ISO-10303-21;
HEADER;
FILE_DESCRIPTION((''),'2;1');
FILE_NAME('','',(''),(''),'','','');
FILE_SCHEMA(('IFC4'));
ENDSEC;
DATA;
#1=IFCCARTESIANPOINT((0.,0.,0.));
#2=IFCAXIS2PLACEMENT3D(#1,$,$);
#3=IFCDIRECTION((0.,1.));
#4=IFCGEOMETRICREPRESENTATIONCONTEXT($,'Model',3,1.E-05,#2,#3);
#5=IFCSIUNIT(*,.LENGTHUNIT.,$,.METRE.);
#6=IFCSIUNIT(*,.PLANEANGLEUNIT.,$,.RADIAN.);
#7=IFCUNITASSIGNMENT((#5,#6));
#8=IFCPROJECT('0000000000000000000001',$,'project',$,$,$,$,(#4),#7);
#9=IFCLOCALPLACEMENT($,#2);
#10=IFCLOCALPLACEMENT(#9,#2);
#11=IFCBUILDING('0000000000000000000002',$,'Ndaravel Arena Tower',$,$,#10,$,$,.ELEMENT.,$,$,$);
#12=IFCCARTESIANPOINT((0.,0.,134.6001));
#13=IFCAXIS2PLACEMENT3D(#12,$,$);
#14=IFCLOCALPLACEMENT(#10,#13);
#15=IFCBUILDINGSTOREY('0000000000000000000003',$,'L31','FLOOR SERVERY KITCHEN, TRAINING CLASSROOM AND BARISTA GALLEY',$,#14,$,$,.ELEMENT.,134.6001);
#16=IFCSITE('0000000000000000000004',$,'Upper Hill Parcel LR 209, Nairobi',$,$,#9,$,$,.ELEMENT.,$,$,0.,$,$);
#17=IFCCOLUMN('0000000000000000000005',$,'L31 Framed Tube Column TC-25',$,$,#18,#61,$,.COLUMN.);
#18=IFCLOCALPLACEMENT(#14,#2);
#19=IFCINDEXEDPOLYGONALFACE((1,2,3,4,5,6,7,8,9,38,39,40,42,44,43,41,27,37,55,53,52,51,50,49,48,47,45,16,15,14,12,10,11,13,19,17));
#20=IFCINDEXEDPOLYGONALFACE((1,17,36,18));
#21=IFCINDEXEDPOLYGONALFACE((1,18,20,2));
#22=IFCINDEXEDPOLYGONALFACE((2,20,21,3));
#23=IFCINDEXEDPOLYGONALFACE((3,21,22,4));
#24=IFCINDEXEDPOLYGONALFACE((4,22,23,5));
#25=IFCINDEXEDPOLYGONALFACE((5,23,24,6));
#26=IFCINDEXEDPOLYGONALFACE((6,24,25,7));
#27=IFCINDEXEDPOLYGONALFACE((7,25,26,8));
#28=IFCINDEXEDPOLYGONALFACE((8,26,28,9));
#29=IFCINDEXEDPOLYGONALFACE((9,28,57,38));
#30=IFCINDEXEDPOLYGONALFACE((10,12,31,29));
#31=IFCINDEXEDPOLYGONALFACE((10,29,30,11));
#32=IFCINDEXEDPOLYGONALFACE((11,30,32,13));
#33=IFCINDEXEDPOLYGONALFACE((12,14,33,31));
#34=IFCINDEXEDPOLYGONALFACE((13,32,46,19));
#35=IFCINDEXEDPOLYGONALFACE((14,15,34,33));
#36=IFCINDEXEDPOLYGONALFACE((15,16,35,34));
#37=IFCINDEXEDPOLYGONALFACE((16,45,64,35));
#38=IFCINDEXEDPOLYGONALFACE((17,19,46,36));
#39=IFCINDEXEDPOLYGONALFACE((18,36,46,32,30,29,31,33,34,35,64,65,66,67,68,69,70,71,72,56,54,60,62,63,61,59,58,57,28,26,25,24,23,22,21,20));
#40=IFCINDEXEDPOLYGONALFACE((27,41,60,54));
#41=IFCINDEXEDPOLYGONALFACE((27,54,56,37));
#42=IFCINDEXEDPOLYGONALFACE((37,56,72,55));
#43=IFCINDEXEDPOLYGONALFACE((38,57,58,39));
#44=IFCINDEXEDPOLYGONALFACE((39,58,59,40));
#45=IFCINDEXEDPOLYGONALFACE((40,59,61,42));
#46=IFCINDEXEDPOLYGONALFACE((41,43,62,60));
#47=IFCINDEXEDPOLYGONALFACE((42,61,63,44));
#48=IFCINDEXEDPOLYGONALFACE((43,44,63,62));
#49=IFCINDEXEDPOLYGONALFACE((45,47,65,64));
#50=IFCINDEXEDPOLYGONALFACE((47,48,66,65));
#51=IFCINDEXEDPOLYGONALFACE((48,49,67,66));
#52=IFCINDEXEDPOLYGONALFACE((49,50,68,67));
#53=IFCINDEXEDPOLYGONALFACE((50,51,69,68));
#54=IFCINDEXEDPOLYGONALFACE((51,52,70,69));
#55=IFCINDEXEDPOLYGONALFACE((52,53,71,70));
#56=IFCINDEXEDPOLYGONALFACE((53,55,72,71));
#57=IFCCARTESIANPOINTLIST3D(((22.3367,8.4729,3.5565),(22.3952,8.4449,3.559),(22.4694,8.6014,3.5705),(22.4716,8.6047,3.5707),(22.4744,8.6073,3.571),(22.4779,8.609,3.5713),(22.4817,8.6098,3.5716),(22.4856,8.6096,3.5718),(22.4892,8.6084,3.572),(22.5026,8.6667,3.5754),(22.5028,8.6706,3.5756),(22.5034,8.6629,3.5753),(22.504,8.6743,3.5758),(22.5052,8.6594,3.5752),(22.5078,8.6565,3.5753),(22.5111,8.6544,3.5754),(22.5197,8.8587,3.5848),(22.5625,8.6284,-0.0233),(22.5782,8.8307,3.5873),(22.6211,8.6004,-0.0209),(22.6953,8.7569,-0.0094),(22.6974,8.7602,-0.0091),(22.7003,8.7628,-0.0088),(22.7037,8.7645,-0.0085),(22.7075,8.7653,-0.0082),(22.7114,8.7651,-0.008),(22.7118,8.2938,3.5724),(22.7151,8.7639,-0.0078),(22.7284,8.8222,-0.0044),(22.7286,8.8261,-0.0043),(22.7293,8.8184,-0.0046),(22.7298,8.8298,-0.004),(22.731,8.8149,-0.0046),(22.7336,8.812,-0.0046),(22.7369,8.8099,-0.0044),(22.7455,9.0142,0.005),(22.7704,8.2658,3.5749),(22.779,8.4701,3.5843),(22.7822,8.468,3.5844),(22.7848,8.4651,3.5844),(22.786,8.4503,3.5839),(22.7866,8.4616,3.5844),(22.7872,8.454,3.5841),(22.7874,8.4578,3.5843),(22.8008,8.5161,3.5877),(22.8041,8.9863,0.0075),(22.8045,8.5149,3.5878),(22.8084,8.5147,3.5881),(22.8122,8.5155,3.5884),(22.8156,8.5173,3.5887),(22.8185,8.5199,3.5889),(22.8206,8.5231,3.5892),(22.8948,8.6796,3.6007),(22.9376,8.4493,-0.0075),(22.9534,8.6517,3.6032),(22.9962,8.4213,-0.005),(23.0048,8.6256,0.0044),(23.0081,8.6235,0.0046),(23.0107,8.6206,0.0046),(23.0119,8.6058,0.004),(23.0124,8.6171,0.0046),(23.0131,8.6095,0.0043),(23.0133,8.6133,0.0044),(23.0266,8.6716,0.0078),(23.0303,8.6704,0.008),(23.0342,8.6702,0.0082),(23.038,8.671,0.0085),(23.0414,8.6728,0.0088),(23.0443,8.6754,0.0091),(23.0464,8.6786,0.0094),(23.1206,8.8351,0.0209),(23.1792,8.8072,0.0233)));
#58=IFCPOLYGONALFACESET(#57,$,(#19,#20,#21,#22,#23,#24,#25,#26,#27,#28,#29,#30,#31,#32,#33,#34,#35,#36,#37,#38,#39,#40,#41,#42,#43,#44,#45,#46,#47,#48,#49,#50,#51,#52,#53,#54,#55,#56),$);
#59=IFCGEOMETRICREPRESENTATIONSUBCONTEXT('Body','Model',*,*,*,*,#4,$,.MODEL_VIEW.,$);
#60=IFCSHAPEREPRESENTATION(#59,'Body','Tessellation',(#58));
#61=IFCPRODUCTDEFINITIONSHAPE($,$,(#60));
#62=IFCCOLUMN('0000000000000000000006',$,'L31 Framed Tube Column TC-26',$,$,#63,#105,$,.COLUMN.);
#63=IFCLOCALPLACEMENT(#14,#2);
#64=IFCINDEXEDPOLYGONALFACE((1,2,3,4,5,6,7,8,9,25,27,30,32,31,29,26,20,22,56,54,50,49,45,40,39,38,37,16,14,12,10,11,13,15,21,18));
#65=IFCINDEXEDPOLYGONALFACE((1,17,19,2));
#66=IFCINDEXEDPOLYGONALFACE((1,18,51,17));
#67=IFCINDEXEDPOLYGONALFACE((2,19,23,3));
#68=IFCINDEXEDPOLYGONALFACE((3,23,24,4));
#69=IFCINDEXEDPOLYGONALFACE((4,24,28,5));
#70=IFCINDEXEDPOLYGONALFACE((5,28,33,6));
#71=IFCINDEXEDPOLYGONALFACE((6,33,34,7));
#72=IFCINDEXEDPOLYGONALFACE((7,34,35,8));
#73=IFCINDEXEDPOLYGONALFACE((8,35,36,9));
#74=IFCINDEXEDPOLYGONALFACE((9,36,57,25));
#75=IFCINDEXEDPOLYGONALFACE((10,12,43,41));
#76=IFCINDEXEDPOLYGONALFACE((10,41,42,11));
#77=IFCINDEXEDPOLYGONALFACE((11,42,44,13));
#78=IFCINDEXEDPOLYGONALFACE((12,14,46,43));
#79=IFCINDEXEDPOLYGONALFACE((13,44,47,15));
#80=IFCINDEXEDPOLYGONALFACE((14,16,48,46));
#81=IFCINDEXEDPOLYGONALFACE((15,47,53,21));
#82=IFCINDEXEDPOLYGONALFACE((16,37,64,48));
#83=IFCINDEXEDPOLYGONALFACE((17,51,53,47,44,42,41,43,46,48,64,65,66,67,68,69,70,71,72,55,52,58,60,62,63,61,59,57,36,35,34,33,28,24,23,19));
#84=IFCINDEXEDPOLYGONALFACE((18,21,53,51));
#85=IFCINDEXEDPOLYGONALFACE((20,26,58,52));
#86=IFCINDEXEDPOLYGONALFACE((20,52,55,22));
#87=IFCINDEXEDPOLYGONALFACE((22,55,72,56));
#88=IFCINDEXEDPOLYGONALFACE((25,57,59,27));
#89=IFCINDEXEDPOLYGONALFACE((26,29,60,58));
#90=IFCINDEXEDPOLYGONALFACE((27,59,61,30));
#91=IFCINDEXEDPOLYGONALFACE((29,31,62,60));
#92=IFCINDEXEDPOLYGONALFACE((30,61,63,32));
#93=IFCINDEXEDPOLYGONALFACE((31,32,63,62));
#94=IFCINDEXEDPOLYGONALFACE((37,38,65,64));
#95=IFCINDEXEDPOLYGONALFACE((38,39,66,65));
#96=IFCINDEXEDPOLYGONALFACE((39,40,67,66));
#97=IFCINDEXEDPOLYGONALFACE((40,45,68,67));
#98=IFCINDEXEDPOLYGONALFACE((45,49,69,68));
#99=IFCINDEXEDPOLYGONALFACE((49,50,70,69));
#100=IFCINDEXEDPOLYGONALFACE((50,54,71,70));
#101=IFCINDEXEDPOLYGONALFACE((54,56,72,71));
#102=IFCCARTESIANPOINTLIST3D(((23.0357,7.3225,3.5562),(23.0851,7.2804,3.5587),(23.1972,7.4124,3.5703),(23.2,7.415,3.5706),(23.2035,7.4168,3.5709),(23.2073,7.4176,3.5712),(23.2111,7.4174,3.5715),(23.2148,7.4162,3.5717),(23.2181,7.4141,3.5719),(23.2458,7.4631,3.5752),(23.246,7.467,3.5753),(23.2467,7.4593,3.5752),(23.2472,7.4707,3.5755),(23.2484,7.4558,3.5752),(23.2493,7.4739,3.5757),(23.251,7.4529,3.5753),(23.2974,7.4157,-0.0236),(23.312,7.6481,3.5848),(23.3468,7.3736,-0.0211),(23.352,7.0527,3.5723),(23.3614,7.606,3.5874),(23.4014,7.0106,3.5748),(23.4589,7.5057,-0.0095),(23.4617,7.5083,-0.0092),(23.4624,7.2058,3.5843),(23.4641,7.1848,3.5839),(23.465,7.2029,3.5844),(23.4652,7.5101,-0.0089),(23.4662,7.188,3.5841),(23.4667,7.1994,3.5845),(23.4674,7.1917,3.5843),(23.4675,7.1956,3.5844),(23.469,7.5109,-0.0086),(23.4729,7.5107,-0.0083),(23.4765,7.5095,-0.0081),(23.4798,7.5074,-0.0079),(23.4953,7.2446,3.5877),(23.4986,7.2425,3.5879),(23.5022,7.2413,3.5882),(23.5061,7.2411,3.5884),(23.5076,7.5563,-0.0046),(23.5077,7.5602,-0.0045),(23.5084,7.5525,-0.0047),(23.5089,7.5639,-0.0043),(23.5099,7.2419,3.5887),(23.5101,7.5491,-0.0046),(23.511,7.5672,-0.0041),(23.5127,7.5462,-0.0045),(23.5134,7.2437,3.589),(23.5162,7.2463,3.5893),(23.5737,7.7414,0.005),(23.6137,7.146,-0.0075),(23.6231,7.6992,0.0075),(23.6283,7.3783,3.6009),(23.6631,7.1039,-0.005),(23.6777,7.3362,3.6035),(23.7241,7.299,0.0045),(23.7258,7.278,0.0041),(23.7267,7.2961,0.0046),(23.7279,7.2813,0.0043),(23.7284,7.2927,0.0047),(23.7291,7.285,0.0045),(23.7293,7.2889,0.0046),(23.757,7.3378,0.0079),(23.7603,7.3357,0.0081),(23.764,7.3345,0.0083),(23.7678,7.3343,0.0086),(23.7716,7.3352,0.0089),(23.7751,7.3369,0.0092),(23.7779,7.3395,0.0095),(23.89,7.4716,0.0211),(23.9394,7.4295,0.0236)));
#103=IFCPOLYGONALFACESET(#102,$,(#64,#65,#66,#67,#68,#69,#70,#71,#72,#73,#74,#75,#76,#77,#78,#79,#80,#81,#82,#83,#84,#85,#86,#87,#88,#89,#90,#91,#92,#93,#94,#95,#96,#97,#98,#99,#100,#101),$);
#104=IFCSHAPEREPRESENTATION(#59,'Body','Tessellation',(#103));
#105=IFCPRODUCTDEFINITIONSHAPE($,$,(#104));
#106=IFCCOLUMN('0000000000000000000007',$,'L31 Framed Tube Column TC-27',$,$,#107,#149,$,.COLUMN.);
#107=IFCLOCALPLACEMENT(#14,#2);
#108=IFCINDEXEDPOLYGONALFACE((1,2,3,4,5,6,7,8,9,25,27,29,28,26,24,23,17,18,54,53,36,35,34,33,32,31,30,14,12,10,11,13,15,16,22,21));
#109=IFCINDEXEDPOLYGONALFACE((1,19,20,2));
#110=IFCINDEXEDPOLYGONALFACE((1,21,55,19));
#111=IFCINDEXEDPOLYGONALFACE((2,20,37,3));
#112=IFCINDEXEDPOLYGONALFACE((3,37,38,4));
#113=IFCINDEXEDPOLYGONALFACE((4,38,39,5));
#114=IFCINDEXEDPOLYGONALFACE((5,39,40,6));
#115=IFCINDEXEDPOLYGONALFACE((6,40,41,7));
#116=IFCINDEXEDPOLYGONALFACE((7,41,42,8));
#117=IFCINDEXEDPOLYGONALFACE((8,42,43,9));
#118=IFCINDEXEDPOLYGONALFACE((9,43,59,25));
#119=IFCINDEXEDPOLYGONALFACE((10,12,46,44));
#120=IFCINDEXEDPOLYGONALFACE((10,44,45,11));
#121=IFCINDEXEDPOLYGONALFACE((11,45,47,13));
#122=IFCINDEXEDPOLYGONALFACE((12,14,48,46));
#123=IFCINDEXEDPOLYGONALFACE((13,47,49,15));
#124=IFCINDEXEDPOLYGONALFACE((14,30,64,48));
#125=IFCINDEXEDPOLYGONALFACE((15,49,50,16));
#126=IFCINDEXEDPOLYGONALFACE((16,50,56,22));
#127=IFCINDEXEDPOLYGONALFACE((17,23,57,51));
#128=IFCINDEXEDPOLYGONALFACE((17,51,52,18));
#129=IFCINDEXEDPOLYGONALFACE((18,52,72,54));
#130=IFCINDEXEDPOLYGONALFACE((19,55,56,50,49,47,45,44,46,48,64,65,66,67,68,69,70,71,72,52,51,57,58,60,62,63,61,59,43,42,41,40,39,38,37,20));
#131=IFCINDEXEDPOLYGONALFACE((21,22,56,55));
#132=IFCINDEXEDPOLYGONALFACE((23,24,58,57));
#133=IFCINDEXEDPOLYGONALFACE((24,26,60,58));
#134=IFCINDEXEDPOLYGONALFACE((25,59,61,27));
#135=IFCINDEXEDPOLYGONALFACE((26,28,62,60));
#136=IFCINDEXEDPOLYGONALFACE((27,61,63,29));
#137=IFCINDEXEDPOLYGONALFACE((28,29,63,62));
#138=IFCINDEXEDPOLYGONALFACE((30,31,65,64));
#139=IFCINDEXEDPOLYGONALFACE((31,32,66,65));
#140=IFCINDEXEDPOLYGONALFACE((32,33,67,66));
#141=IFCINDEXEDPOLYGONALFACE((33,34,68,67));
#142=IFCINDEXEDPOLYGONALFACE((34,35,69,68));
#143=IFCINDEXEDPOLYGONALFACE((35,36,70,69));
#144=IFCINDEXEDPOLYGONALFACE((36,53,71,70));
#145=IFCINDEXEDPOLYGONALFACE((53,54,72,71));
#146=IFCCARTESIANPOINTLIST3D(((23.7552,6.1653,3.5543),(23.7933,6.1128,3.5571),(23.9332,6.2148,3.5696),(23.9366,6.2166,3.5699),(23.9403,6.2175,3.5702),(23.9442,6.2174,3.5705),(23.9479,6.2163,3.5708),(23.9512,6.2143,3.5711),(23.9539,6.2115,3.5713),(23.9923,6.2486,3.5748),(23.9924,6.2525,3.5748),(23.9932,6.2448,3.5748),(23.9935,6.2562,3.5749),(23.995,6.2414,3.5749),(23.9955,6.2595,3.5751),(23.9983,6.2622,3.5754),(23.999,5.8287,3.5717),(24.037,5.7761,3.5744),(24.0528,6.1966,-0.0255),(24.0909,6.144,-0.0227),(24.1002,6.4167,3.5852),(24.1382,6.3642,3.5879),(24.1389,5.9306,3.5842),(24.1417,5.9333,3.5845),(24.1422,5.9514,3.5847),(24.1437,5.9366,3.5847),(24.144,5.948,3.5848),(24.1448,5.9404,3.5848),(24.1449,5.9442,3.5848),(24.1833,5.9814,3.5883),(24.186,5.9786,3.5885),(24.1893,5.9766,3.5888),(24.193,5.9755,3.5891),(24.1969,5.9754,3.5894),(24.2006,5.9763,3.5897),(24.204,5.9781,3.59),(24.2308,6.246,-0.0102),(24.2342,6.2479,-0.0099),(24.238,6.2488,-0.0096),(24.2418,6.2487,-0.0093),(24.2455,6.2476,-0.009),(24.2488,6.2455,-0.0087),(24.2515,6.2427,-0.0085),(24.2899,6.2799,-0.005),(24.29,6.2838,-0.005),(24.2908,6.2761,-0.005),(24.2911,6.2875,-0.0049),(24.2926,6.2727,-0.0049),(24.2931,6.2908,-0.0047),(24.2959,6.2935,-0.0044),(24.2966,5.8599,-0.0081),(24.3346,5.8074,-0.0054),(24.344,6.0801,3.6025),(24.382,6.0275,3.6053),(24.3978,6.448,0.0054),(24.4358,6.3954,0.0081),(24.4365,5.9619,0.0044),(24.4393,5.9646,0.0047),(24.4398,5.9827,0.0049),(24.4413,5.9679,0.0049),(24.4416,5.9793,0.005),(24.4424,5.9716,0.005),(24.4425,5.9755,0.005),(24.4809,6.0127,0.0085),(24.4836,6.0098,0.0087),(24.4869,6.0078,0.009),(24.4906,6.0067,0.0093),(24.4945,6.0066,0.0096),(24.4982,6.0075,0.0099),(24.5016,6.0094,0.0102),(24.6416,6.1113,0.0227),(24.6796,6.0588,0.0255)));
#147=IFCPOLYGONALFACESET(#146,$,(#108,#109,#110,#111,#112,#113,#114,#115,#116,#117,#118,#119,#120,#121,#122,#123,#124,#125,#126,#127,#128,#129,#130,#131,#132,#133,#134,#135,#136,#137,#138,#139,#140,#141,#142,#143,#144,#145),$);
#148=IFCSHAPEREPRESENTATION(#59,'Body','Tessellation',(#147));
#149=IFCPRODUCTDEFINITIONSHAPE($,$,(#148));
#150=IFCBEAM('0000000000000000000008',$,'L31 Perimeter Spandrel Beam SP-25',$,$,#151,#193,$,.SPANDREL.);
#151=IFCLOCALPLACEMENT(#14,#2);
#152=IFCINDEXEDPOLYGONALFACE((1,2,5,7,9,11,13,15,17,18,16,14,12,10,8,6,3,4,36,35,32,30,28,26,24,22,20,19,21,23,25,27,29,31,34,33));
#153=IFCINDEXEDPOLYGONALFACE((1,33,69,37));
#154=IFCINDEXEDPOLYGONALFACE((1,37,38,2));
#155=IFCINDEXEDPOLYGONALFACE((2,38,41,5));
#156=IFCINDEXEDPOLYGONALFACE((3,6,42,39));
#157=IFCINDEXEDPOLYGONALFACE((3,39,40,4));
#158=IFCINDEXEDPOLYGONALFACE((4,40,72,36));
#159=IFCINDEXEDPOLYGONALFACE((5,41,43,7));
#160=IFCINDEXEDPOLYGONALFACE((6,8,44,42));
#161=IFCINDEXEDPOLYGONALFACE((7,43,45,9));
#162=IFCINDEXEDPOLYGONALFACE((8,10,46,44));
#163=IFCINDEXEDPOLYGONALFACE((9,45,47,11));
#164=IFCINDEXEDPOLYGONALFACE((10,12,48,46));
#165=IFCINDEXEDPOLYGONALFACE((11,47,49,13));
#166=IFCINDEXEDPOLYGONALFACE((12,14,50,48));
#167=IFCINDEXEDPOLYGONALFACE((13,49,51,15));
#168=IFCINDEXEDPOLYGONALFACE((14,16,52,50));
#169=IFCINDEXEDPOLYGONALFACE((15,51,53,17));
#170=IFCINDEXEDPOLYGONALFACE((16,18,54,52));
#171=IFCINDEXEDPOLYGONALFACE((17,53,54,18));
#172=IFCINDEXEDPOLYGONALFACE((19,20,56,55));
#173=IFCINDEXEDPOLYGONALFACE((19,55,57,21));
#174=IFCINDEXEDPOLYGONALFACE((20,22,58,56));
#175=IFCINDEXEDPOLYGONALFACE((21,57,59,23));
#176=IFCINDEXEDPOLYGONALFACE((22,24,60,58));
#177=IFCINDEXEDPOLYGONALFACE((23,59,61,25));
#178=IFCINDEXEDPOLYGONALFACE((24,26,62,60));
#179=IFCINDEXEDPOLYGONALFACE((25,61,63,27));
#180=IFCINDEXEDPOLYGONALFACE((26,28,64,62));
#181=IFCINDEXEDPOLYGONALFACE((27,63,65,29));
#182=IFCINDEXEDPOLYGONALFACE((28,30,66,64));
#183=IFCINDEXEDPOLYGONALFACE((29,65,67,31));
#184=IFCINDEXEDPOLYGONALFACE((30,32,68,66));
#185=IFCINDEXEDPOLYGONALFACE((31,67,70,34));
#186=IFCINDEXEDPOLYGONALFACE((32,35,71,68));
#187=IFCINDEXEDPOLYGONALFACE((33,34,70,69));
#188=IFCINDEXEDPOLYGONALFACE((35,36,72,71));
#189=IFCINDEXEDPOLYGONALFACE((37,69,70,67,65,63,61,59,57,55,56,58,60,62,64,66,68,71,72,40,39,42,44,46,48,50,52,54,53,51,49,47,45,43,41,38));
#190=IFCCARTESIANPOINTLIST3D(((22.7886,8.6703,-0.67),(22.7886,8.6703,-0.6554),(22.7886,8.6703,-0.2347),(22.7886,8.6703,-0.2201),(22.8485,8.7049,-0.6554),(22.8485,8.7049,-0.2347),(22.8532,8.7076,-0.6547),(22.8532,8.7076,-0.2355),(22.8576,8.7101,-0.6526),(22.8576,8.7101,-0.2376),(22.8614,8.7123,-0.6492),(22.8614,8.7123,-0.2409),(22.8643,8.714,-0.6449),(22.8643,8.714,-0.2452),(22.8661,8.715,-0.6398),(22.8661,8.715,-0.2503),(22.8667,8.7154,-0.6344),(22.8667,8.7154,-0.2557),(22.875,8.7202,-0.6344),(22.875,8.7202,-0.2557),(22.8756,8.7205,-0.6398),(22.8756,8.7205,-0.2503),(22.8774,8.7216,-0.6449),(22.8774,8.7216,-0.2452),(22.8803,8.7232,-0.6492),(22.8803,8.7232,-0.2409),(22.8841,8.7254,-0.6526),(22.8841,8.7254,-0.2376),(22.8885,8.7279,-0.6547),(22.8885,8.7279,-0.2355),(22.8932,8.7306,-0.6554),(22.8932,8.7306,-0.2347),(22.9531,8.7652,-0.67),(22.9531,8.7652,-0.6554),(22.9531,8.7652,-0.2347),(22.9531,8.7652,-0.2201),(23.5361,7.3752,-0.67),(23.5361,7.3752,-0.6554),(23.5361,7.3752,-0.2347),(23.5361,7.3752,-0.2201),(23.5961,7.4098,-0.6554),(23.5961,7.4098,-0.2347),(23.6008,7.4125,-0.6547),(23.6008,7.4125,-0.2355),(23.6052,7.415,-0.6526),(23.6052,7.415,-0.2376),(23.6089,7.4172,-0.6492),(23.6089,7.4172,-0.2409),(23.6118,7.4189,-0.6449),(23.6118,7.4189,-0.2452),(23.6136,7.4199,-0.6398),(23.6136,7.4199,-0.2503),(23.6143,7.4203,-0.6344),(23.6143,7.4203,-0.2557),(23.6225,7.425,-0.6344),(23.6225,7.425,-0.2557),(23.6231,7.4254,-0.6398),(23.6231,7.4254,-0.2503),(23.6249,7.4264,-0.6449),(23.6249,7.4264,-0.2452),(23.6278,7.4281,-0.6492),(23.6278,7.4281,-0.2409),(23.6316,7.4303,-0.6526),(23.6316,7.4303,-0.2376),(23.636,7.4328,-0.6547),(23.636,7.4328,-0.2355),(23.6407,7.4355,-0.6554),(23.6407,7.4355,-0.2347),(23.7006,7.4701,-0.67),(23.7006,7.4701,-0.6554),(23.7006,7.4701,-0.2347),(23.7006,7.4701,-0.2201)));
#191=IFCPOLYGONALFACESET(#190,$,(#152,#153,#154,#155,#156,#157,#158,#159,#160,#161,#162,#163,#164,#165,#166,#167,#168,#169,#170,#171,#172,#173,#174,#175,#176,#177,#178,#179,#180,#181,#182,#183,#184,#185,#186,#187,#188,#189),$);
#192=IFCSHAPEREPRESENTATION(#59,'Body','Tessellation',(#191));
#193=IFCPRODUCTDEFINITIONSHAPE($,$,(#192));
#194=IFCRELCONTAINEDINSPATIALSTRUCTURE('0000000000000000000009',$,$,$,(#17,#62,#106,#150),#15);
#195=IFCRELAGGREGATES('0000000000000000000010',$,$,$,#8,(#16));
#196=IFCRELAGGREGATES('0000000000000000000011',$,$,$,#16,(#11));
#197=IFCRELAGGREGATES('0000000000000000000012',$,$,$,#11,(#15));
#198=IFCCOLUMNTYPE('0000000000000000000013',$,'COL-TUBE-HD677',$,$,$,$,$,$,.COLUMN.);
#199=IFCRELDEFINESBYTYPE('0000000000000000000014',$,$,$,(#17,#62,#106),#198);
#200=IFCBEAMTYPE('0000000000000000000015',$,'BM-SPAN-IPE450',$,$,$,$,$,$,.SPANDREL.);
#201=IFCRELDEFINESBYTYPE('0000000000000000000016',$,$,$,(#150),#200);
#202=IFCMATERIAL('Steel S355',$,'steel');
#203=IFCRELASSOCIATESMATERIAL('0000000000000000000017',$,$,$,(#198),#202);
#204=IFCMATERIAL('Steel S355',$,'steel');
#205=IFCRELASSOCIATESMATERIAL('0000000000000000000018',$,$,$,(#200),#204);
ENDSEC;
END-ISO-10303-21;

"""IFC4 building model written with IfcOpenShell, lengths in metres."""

from ifc_helpers import new_model, si_unit, direction, frame, origin, origin_2d, place, context, subcontext, project, spatial, i_section, extrude, material, material_profile, profile_set, type_object, element, save


model = new_model("IFC4")

# Units and contexts
model_context = context("Model", 3, precision=1e-05, world=origin(), true_north=direction((0.0, 1.0)))
body_context = subcontext(model_context, "Body", "Model", "MODEL_VIEW")
ifc_project = project(units=[si_unit("LENGTHUNIT", "METRE"), si_unit("PLANEANGLEUNIT", "RADIAN")], contexts=[model_context])

# Site, building, storey
site_placement = place(None, origin())
site = spatial("IfcSite", under=ifc_project, at=site_placement, Name="Upper Hill Parcel LR 209, Nairobi", CompositionType="ELEMENT", RefElevation=0.0)
building_placement = place(site_placement, origin())
building = spatial("IfcBuilding", under=site, at=building_placement, Name="Ndaravel Arena Tower", CompositionType="ELEMENT")
storey_placement = place(building_placement, frame((0.0, 0.0, 134.6001)))
storey = spatial("IfcBuildingStorey", under=building, at=storey_placement, Name="L31", Description="FLOOR SERVERY KITCHEN, TRAINING CLASSROOM AND BARISTA GALLEY", CompositionType="ELEMENT", Elevation=134.6001)

# Columns
ifc_material_1 = material(Name="Steel S355", Category="steel")
ifc_material_profile_1 = material_profile(ifc_material_1, i_section(OverallWidth=0.428, OverallDepth=0.481, WebThickness=0.051, FlangeThickness=0.0649, FilletRadius=0.0149, at=origin_2d()), Name="HD 400x677")
ifc_profile_set_1 = profile_set([ifc_material_profile_1], Name="Steel S355")
column_type = type_object("IfcColumnType", Name="COL-TUBE-HD677", PredefinedType="COLUMN", material=ifc_profile_set_1)
column_1_placement = place(storey_placement, frame((22.8708, 8.7178, 0.0), z_axis=(-0.0629, -0.043316, 0.997079), x_axis=(0.42759, 0.90155, 0.06614)))
element("IfcColumn", 1, at=column_1_placement, inside=storey, type_object=column_type, Name="L31 Framed Tube Column TC-25", PredefinedType="COLUMN", context=body_context, shape_type="SweptSolid", body=[
    extrude(i_section(OverallWidth=0.428, OverallDepth=0.481, WebThickness=0.051, FlangeThickness=0.0649, FilletRadius=0.0149, at=origin_2d()), origin(), (0.0, 0.0, 1.0), 3.5903),
])
column_2_placement = place(storey_placement, frame((23.6184, 7.4226, 0.0), z_axis=(-0.07289, -0.025974, 0.997002), x_axis=(0.645499, 0.760816, 0.067013)))
element("IfcColumn", 2, at=column_2_placement, inside=storey, type_object=column_type, Name="L31 Framed Tube Column TC-26", PredefinedType="COLUMN", context=body_context, shape_type="SweptSolid", body=[
    extrude(i_section(OverallWidth=0.428, OverallDepth=0.481, WebThickness=0.051, FlangeThickness=0.0649, FilletRadius=0.0149, at=origin_2d()), origin(), (0.0, 0.0, 1.0), 3.5906),
])
column_3_placement = place(storey_placement, frame((24.3662, 6.1277, 0.0), z_axis=(-0.082845, -0.008699, 0.996524), x_axis=(0.806082, 0.587391, 0.072141)))
element("IfcColumn", 3, at=column_3_placement, inside=storey, type_object=column_type, Name="L31 Framed Tube Column TC-27", PredefinedType="COLUMN", context=body_context, shape_type="SweptSolid", body=[
    extrude(i_section(OverallWidth=0.428, OverallDepth=0.481, WebThickness=0.051, FlangeThickness=0.0649, FilletRadius=0.0149, at=origin_2d()), origin(), (0.0, 0.0, 1.0), 3.5923),
])

# Beam
ifc_material_2 = material(Name="Steel S355", Category="steel")
ifc_material_profile_2 = material_profile(ifc_material_2, i_section(OverallWidth=0.1899, OverallDepth=0.45, WebThickness=0.0095, FlangeThickness=0.0146, FilletRadius=0.021, at=origin_2d()), Name="IPE 450")
ifc_profile_set_2 = profile_set([ifc_material_profile_2], Name="Steel S355")
beam_type = type_object("IfcBeamType", Name="BM-SPAN-IPE450", PredefinedType="SPANDREL", material=ifc_profile_set_2)
for number, where, z_axis, x_axis, name in (
    (4, (22.8708, 8.7178, -0.4451), (0.499897, -0.866085, 0.0), (0.866085, 0.499897, 0.0), "L31 Perimeter Spandrel Beam SP-25"),
):
    element("IfcBeam", number, at=place(storey_placement, frame(where, z_axis=z_axis, x_axis=x_axis)), inside=storey, type_object=beam_type, Name=name, PredefinedType="SPANDREL", context=body_context, shape_type="SweptSolid", body=[
        extrude(i_section(OverallWidth=0.1899, OverallDepth=0.45, WebThickness=0.0095, FlangeThickness=0.0146, FilletRadius=0.021, at=origin_2d()), origin(), (0.0, 0.0, 1.0), 1.4954),
    ])

save(model, "model.ifc")
